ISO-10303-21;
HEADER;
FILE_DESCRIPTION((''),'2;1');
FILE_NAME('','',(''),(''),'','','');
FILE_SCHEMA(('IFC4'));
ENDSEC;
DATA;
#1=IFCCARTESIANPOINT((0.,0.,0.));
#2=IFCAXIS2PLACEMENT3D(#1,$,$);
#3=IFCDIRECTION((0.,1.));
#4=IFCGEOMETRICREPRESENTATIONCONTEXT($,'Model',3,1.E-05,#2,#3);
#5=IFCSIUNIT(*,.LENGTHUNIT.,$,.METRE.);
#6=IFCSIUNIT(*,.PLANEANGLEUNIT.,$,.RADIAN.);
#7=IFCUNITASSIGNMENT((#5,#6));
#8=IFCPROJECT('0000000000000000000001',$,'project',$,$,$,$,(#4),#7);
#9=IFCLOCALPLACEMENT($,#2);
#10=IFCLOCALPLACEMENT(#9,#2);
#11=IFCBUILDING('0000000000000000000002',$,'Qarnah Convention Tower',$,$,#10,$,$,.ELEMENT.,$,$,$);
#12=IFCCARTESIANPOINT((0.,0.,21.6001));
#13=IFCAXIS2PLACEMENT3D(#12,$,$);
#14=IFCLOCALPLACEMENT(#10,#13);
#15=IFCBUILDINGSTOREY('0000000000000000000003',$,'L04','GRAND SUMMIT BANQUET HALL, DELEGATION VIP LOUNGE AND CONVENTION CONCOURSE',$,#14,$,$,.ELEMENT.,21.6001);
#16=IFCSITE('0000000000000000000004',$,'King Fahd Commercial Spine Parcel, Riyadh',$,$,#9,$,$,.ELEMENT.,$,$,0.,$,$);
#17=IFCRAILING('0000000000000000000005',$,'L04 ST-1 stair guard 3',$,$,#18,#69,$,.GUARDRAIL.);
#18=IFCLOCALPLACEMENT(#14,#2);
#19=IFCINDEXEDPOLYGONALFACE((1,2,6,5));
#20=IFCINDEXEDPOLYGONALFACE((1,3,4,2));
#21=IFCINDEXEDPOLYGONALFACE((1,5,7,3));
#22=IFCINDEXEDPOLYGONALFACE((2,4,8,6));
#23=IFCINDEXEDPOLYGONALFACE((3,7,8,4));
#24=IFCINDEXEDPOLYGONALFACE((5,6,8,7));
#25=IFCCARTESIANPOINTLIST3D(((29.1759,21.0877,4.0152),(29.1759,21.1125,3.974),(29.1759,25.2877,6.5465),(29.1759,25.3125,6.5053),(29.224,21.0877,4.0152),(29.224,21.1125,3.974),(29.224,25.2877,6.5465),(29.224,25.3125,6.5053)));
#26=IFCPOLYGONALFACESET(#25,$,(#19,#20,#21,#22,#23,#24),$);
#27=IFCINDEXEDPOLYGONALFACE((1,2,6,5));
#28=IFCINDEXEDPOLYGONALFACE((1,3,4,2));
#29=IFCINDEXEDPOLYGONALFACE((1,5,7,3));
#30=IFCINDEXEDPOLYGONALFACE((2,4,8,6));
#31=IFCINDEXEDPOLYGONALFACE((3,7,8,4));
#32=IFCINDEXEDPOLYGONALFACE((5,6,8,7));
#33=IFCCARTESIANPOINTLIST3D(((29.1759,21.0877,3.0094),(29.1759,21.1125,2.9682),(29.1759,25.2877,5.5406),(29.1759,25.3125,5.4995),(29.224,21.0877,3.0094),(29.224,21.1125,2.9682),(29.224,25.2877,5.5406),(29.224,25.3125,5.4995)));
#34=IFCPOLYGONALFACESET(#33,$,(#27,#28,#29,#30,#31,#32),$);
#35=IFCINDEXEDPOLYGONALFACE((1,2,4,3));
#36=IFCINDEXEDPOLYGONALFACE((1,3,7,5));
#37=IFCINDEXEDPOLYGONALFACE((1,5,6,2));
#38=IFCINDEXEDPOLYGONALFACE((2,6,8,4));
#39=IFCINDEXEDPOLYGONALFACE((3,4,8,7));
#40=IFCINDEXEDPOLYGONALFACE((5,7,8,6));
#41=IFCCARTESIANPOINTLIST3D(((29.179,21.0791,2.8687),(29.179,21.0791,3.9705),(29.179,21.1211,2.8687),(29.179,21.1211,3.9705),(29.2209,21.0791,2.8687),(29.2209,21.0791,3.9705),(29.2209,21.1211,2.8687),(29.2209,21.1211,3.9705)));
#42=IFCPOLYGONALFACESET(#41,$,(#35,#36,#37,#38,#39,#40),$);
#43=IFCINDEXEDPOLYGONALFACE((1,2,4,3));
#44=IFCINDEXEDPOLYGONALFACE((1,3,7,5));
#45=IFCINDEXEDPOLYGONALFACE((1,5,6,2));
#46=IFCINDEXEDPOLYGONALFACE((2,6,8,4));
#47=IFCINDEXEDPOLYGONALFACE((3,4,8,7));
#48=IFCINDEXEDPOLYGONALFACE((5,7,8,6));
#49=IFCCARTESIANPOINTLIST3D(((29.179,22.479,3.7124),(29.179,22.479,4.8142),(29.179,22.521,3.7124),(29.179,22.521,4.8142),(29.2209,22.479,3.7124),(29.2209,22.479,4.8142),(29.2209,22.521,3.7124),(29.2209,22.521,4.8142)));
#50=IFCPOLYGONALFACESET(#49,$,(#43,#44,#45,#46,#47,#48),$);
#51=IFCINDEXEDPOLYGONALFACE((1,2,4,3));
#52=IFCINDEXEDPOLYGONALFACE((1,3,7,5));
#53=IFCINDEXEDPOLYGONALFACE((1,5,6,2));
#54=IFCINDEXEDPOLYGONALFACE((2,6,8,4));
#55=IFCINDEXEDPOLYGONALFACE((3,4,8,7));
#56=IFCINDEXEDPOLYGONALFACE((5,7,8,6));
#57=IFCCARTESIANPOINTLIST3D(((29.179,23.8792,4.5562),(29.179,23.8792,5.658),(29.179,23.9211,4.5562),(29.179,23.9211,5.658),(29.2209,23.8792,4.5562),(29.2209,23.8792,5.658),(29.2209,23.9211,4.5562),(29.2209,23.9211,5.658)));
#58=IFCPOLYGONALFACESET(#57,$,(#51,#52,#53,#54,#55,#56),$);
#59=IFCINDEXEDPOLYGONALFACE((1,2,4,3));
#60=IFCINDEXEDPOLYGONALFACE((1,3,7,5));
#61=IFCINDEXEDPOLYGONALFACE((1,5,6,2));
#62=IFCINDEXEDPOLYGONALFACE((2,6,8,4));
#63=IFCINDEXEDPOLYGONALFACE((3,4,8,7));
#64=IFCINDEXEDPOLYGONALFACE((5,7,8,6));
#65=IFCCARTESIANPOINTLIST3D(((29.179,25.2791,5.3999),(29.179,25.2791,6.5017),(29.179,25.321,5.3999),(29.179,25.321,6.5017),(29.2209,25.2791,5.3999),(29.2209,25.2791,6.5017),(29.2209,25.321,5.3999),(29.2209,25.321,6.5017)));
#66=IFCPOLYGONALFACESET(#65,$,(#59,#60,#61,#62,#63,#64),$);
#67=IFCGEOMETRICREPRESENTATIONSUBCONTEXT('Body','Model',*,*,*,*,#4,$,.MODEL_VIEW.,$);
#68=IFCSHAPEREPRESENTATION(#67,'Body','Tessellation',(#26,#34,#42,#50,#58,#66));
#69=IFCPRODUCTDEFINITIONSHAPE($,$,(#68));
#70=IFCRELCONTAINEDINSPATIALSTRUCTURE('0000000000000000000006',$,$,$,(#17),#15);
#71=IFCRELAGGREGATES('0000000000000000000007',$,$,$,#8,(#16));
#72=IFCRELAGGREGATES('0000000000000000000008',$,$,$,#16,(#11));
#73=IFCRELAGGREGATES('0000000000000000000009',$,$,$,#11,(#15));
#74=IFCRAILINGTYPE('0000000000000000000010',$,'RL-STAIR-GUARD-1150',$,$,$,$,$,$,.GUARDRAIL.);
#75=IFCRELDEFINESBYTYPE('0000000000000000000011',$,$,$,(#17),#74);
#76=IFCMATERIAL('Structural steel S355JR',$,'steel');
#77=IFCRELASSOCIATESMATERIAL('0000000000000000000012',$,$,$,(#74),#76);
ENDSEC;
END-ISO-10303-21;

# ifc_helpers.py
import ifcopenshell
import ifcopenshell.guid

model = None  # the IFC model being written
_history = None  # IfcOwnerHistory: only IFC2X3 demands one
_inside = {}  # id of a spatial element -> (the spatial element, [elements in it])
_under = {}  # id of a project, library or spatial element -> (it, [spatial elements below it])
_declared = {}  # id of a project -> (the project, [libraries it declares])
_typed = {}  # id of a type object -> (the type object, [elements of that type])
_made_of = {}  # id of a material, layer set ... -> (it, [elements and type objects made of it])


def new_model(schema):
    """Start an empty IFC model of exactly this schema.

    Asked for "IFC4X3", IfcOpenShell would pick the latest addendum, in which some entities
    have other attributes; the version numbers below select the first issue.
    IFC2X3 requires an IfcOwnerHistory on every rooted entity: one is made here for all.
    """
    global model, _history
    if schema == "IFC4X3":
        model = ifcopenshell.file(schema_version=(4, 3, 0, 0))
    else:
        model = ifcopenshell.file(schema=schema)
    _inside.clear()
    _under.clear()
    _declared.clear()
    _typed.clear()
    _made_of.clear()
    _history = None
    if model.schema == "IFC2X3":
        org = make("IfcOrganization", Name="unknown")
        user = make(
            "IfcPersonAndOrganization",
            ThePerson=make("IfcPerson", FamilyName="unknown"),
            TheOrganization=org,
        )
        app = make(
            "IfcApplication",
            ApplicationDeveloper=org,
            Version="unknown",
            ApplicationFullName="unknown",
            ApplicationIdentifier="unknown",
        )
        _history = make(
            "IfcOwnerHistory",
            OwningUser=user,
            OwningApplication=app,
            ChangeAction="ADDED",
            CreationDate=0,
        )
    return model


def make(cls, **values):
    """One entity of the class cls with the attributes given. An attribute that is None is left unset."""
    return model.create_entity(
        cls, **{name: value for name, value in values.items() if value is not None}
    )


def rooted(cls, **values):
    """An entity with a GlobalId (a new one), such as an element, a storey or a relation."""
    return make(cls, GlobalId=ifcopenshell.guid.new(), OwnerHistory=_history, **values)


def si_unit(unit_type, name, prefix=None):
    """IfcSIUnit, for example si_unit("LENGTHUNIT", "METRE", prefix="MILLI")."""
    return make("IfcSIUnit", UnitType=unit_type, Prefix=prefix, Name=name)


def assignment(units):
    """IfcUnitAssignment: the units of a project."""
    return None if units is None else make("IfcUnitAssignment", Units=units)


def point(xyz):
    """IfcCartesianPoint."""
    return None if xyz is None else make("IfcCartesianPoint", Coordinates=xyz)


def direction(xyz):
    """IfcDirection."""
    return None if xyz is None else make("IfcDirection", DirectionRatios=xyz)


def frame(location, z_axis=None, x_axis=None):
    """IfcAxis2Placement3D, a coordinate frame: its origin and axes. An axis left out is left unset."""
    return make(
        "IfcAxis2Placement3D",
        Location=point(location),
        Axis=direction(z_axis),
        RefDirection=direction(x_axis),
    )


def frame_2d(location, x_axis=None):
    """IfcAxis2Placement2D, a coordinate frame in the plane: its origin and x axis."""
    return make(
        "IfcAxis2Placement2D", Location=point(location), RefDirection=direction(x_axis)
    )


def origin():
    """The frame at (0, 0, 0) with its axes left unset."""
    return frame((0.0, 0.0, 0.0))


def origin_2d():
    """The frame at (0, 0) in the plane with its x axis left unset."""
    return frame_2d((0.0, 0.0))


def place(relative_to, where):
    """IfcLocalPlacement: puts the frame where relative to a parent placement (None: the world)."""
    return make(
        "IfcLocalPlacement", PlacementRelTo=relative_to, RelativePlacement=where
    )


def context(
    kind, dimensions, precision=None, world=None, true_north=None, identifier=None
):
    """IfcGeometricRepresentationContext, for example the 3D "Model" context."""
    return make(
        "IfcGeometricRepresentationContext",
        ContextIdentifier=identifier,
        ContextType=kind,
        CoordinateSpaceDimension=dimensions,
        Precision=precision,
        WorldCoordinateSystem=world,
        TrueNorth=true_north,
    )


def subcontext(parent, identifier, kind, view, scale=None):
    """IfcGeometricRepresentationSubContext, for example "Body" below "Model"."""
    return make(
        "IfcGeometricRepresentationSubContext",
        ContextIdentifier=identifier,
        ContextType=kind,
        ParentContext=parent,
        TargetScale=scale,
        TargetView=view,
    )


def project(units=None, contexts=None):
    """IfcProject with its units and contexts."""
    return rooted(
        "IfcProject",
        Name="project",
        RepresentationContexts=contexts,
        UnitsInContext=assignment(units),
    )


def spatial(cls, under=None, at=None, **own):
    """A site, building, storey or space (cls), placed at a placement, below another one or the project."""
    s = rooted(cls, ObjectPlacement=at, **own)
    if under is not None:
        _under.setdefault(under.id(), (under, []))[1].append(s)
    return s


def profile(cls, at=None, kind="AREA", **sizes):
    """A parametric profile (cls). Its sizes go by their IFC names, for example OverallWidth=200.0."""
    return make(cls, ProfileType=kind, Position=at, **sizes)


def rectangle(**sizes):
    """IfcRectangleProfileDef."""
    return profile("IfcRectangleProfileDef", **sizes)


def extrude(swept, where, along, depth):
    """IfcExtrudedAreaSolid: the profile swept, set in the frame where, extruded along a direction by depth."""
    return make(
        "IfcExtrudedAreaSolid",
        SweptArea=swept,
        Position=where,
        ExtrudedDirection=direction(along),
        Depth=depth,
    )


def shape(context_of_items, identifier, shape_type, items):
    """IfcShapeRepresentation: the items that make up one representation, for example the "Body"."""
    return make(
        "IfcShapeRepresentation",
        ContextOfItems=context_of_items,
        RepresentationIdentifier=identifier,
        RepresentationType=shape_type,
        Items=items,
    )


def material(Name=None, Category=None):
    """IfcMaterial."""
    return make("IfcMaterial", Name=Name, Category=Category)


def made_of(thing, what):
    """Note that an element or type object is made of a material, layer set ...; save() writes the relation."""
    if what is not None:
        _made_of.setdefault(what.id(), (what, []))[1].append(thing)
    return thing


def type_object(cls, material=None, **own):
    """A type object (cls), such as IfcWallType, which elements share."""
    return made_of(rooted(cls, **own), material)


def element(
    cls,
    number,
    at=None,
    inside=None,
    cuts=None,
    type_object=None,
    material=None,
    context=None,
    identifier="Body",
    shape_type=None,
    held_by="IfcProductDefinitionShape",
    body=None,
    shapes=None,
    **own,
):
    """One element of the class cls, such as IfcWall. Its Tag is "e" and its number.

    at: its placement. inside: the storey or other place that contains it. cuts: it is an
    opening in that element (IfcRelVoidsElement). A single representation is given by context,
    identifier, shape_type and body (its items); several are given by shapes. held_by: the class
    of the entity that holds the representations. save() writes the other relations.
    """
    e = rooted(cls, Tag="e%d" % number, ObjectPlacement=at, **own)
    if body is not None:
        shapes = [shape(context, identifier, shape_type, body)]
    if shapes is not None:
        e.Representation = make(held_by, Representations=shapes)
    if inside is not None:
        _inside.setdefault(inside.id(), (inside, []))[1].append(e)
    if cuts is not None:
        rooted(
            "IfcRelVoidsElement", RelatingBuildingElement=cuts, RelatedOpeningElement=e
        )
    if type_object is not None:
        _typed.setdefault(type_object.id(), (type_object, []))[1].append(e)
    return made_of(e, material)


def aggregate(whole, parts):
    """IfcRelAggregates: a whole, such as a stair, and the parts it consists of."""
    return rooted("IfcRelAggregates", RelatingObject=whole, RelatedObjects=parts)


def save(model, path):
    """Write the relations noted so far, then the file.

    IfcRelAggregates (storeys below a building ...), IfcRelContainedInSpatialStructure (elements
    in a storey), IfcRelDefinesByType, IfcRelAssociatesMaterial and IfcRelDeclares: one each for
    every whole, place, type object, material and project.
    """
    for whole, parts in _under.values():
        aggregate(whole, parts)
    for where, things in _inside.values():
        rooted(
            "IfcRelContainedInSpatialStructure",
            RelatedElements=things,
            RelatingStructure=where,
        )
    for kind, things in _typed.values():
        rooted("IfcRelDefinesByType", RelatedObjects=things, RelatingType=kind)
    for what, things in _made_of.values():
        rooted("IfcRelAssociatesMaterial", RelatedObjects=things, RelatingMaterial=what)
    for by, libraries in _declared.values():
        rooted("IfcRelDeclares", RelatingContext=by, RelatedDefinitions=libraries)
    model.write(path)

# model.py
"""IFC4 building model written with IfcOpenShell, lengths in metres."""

from ifc_helpers import new_model, si_unit, direction, frame, origin, origin_2d, place, context, subcontext, project, spatial, rectangle, extrude, material, type_object, element, save


model = new_model("IFC4")

# Units and contexts
model_context = context("Model", 3, precision=1e-05, world=origin(), true_north=direction((0.0, 1.0)))
body_context = subcontext(model_context, "Body", "Model", "MODEL_VIEW")
ifc_project = project(units=[si_unit("LENGTHUNIT", "METRE"), si_unit("PLANEANGLEUNIT", "RADIAN")], contexts=[model_context])

# Site, building, storey
site_placement = place(None, origin())
site = spatial("IfcSite", under=ifc_project, at=site_placement, Name="King Fahd Commercial Spine Parcel, Riyadh", CompositionType="ELEMENT", RefElevation=0.0)
building_placement = place(site_placement, origin())
building = spatial("IfcBuilding", under=site, at=building_placement, Name="Qarnah Convention Tower", CompositionType="ELEMENT")
storey_placement = place(building_placement, frame((0.0, 0.0, 21.6001)))
storey = spatial("IfcBuildingStorey", under=building, at=storey_placement, Name="L04", Description="GRAND SUMMIT BANQUET HALL, DELEGATION VIP LOUNGE AND CONVENTION CONCOURSE", CompositionType="ELEMENT", Elevation=21.6001)

# Shared definitions
ifc_material_1 = material(Name="Structural steel S355JR", Category="steel")

# Railing
railing_type = type_object("IfcRailingType", Name="RL-STAIR-GUARD-1150", PredefinedType="GUARDRAIL", material=ifc_material_1)
railing_1_placement = place(storey_placement, frame((29.2, 21.1001, 2.8687)))
element("IfcRailing", 1, at=railing_1_placement, inside=storey, type_object=railing_type, Name="L04 ST-1 stair guard 3", PredefinedType="GUARDRAIL", context=body_context, shape_type="SweptSolid", body=[
    extrude(rectangle(XDim=0.0481, YDim=0.0481, at=origin_2d()), frame((0.0, 0.0, 1.126), z_axis=(0.0, 0.856476, 0.516186), x_axis=(-1.0, 0.0, 0.0)), (0.0, 0.0, 1.0), 4.9038),
    extrude(rectangle(XDim=0.0481, YDim=0.0481, at=origin_2d()), frame((0.0, 0.0, 0.1201), z_axis=(0.0, 0.856476, 0.516186), x_axis=(-1.0, 0.0, 0.0)), (0.0, 0.0, 1.0), 4.9038),
    extrude(rectangle(XDim=0.042, YDim=0.042, at=origin_2d()), origin(), (0.0, 0.0, 1.0), 1.1018),
    extrude(rectangle(XDim=0.042, YDim=0.042, at=origin_2d()), frame((0.0, 1.3999, 0.8438)), (0.0, 0.0, 1.0), 1.1018),
    extrude(rectangle(XDim=0.042, YDim=0.042, at=origin_2d()), frame((0.0, 2.8, 1.6875)), (0.0, 0.0, 1.0), 1.1018),
    extrude(rectangle(XDim=0.042, YDim=0.042, at=origin_2d()), frame((0.0, 4.2, 2.5312)), (0.0, 0.0, 1.0), 1.1018),
])

save(model, "model.ifc")
